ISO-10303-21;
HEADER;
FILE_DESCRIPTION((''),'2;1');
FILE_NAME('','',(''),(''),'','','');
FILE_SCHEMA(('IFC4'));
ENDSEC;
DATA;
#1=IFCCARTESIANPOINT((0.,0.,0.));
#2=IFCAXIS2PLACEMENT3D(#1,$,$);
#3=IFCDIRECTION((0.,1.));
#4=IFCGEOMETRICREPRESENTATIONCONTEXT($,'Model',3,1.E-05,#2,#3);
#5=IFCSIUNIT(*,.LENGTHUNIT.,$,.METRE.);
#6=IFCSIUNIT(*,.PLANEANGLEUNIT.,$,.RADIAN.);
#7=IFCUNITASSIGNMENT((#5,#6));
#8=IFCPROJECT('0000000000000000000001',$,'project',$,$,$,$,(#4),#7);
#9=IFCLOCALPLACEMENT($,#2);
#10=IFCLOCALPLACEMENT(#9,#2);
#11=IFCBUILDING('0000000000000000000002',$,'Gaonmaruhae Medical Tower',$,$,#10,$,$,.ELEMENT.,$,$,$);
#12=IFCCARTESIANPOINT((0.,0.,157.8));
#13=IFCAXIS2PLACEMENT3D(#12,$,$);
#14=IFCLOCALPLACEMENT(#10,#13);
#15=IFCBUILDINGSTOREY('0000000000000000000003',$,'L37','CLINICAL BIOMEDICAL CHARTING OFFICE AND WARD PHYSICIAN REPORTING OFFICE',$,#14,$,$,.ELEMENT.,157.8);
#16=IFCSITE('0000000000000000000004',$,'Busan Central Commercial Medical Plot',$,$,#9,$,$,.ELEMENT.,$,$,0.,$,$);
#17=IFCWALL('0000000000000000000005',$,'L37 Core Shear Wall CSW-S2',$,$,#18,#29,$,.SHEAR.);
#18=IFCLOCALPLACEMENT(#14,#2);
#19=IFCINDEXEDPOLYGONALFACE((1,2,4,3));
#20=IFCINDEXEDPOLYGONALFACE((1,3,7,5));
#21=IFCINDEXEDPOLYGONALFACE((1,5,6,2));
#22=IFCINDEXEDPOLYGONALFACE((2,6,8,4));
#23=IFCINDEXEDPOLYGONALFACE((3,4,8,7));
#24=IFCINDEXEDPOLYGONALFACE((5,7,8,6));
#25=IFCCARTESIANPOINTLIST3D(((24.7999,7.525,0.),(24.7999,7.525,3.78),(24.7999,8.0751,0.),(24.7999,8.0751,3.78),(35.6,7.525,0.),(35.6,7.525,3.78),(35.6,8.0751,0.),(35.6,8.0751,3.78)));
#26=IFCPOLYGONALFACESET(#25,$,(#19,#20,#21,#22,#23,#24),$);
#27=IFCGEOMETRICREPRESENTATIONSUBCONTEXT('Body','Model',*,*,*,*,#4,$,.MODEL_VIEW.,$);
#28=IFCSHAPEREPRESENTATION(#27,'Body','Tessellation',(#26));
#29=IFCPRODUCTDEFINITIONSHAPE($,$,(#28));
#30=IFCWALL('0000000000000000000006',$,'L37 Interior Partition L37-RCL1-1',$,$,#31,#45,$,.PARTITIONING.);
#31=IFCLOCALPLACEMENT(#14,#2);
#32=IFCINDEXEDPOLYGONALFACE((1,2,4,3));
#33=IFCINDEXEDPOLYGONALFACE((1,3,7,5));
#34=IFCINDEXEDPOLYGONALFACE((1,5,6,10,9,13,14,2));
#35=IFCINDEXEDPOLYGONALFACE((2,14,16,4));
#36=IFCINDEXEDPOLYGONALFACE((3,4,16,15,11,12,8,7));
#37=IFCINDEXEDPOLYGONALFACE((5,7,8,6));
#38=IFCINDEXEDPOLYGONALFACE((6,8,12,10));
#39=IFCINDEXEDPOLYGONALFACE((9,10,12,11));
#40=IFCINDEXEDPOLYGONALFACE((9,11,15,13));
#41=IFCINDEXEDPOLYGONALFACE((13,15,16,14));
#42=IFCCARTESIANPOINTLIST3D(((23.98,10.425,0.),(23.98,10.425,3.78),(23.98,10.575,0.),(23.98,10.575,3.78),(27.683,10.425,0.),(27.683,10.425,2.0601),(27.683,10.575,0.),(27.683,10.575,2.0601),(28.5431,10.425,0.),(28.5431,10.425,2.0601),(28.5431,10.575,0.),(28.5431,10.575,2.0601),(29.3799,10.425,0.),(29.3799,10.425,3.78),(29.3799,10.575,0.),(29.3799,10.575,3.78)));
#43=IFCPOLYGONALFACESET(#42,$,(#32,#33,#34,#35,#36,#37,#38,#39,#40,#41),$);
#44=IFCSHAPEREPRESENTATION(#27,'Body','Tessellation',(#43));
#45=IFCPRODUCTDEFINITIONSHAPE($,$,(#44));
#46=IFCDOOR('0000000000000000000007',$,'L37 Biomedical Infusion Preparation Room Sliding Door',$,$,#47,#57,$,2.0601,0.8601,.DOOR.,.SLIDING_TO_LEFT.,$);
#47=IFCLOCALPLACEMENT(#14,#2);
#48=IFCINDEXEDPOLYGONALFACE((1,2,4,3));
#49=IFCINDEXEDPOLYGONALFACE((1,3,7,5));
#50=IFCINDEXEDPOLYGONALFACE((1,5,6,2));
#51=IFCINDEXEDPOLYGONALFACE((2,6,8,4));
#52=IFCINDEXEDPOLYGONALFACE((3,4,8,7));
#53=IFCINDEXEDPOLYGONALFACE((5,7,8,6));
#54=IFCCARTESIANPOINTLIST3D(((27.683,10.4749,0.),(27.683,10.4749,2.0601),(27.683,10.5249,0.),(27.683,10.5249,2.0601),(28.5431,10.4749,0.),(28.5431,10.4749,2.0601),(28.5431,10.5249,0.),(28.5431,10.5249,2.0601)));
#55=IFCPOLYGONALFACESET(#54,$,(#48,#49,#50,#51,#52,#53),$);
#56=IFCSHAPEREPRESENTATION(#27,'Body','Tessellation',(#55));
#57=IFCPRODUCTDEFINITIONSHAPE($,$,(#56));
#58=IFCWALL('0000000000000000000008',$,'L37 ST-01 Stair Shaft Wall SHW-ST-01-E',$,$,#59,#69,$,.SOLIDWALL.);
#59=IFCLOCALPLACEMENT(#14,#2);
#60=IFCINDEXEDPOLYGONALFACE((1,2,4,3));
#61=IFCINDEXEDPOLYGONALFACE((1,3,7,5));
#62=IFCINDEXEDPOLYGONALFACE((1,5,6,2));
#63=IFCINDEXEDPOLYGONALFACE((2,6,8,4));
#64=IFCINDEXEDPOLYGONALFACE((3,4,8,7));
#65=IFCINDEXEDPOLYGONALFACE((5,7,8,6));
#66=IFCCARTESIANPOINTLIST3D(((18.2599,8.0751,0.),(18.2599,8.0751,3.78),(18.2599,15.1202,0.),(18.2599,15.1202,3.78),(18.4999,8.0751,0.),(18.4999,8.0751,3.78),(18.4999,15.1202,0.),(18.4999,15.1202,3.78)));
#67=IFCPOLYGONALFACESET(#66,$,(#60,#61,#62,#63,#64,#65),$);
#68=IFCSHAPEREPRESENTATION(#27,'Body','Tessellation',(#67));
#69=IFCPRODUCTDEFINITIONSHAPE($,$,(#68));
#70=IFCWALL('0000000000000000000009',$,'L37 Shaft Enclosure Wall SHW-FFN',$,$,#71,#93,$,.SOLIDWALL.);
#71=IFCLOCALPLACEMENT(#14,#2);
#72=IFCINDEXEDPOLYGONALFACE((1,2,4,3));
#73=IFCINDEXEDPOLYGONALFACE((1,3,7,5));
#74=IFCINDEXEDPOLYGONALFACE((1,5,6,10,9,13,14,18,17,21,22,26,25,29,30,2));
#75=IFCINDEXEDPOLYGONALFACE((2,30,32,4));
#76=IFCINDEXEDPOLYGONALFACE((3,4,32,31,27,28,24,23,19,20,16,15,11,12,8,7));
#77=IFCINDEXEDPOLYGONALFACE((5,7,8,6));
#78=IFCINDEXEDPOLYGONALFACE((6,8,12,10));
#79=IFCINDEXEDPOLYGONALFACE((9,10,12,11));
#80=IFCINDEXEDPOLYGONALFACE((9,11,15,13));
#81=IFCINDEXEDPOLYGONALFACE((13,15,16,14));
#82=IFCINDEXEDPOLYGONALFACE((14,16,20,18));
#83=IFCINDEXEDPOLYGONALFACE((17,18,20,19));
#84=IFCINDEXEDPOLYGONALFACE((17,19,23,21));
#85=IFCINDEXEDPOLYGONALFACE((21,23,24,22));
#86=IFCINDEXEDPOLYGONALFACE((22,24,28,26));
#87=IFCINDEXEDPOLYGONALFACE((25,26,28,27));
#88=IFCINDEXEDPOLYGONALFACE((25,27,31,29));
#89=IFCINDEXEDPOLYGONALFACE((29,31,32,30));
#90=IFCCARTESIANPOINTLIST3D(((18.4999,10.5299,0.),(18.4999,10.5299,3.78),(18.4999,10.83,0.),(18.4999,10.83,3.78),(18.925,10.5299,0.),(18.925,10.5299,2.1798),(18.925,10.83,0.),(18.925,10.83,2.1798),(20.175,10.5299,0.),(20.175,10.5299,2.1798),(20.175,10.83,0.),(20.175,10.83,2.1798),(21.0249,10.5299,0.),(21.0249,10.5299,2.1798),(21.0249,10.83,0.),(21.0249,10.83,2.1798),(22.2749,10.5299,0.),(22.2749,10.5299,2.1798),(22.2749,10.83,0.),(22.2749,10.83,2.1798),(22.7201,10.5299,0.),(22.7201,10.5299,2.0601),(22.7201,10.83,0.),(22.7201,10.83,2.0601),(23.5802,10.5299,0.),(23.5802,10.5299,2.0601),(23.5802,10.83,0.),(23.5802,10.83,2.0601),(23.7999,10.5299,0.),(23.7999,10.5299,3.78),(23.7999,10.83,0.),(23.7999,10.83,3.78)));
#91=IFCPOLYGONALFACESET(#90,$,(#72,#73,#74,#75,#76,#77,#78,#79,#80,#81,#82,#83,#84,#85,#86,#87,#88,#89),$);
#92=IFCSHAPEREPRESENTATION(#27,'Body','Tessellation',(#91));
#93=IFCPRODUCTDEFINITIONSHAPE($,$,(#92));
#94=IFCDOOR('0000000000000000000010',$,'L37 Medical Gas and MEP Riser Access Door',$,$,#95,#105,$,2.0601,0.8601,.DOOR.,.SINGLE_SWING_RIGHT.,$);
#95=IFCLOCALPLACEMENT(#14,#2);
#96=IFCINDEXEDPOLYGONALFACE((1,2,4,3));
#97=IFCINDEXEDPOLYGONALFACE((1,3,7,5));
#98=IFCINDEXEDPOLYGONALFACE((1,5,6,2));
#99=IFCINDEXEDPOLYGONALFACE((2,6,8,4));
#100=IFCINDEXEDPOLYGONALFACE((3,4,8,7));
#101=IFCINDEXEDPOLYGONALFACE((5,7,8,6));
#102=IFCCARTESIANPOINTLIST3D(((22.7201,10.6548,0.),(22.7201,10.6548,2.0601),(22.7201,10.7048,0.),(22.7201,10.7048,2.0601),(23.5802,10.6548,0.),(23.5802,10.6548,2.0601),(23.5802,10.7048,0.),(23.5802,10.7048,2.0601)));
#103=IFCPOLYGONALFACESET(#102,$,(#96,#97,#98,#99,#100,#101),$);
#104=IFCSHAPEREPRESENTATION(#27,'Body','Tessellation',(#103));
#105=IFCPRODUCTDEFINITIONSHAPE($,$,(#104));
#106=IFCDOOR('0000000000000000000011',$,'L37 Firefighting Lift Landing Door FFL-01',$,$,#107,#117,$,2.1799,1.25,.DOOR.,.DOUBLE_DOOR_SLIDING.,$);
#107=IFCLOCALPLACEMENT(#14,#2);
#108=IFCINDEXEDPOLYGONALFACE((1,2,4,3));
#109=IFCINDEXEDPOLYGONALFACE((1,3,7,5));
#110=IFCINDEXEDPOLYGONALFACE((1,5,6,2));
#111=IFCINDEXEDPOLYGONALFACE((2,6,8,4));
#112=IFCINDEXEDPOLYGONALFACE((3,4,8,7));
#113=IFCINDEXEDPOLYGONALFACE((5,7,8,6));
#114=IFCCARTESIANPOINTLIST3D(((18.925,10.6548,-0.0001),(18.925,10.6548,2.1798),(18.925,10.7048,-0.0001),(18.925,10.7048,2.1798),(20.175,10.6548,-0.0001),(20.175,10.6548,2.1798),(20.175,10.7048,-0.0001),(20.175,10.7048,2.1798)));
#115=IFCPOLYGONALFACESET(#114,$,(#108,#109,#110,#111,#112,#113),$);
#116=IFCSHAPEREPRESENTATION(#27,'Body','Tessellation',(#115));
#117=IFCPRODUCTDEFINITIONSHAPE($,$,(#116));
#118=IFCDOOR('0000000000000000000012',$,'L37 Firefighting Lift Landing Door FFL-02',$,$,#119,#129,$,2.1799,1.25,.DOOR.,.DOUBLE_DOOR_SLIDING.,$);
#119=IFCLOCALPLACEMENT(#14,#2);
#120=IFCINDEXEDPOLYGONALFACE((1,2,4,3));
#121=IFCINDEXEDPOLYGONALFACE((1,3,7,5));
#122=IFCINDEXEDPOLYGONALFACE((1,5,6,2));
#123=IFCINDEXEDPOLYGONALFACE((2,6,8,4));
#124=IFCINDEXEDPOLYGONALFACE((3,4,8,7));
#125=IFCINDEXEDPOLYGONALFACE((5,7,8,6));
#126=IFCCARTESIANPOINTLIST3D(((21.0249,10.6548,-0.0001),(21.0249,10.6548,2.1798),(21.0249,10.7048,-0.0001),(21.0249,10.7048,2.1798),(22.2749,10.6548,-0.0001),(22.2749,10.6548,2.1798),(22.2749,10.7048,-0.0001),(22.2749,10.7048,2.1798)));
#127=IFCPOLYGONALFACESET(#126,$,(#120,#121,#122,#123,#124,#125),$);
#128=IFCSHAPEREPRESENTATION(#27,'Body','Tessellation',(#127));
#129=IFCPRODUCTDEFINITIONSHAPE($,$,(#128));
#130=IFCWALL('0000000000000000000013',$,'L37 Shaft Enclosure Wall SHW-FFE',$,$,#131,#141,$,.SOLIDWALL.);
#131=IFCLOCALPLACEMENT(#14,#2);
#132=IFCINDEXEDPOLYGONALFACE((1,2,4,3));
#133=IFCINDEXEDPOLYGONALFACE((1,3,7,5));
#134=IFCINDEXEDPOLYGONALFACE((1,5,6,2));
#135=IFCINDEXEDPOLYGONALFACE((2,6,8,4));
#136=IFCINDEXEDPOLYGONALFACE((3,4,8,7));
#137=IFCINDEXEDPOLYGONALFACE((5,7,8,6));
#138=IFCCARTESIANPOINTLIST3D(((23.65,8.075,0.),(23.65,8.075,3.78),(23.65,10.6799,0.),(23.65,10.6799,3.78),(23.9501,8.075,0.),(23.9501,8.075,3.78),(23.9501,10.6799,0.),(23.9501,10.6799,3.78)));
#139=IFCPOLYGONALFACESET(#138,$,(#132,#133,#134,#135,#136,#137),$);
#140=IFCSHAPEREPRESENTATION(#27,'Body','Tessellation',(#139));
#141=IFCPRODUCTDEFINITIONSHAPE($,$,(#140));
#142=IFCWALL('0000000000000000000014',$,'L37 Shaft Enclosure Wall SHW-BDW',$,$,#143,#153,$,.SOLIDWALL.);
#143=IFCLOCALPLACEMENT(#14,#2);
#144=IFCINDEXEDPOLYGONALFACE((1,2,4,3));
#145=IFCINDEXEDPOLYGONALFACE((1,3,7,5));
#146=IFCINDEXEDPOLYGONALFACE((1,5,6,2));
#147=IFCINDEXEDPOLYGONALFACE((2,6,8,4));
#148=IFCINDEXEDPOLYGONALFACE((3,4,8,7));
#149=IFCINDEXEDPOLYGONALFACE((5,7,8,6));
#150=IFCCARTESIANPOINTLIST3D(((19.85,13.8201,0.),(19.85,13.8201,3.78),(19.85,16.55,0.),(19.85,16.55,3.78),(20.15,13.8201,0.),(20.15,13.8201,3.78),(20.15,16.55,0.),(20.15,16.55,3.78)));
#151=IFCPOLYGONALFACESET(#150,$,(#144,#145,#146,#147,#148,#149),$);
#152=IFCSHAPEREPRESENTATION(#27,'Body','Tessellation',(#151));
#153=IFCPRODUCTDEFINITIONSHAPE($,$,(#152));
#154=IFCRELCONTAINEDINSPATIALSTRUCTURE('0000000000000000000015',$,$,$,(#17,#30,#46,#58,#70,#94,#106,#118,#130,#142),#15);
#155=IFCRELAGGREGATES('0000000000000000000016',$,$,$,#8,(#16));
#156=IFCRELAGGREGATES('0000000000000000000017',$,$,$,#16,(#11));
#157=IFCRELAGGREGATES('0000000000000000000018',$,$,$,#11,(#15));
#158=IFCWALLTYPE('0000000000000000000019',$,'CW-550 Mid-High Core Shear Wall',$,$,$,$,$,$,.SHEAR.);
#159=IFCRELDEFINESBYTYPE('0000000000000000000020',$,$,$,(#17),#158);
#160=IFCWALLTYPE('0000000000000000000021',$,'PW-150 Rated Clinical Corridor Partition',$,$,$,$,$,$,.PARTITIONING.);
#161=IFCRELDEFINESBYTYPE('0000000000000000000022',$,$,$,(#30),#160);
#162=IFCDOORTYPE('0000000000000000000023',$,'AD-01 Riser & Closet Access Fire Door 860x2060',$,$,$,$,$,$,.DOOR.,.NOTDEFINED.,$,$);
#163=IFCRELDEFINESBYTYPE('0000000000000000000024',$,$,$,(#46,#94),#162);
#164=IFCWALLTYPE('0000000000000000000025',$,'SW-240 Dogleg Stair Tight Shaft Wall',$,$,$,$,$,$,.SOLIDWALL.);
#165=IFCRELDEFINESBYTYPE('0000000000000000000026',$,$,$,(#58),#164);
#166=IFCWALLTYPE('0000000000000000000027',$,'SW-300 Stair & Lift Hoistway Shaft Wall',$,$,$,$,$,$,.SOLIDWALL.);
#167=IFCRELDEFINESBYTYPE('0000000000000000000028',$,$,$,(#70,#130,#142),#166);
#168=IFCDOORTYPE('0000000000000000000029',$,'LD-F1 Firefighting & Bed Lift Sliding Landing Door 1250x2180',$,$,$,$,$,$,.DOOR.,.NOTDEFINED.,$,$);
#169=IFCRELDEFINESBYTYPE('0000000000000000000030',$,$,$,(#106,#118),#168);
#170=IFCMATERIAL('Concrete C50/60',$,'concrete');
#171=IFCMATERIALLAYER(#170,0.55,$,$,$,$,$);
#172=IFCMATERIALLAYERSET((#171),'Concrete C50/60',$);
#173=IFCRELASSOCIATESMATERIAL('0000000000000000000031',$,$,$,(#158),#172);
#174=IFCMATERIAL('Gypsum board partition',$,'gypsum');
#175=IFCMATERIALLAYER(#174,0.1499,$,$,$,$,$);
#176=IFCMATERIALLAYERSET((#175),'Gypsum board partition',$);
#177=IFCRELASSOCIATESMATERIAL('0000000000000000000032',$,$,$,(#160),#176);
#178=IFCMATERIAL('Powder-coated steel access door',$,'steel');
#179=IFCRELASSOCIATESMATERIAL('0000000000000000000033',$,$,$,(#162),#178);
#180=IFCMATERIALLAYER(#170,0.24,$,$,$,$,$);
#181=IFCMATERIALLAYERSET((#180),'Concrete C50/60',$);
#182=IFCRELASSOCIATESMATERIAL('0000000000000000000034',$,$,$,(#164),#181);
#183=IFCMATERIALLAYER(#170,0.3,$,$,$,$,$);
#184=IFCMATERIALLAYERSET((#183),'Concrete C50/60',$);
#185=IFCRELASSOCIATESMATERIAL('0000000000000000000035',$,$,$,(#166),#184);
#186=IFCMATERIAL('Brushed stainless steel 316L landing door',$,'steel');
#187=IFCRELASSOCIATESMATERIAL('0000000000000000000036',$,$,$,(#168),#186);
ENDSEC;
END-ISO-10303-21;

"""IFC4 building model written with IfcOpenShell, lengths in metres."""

from ifc_helpers import new_model, si_unit, direction, frame, frame_2d, origin, place, context, subcontext, project, spatial, rectangle, extrude, material, layer, layer_set, type_object, element, fill, save


model = new_model("IFC4")

# Units and contexts
model_context = context("Model", 3, precision=1e-05, world=origin(), true_north=direction((0.0, 1.0)))
body_context = subcontext(model_context, "Body", "Model", "MODEL_VIEW")
ifc_project = project(units=[si_unit("LENGTHUNIT", "METRE"), si_unit("PLANEANGLEUNIT", "RADIAN")], contexts=[model_context])

# Site, building, storey
site_placement = place(None, origin())
site = spatial("IfcSite", under=ifc_project, at=site_placement, Name="Busan Central Commercial Medical Plot", CompositionType="ELEMENT", RefElevation=0.0)
building_placement = place(site_placement, origin())
building = spatial("IfcBuilding", under=site, at=building_placement, Name="Gaonmaruhae Medical Tower", CompositionType="ELEMENT")
storey_placement = place(building_placement, frame((0.0, 0.0, 157.8)))
storey = spatial("IfcBuildingStorey", under=building, at=storey_placement, Name="L37", Description="CLINICAL BIOMEDICAL CHARTING OFFICE AND WARD PHYSICIAN REPORTING OFFICE", CompositionType="ELEMENT", Elevation=157.8)

# Wall
ifc_material_1 = material(Name="Concrete C50/60", Category="concrete")
ifc_layer_1 = layer(ifc_material_1, 0.55)
ifc_layer_set_1 = layer_set([ifc_layer_1], Name="Concrete C50/60")
wall_type_1 = type_object("IfcWallType", Name="CW-550 Mid-High Core Shear Wall", PredefinedType="SHEAR", material=ifc_layer_set_1)
wall_1_placement = place(storey_placement, frame((24.8, 7.8, 0.0), z_axis=(0.0, 0.0, 1.0), x_axis=(1.0, 0.0, 0.0)))
element("IfcWall", 1, at=wall_1_placement, inside=storey, type_object=wall_type_1, Name="L37 Core Shear Wall CSW-S2", PredefinedType="SHEAR", context=body_context, shape_type="SweptSolid", body=[
    extrude(rectangle(XDim=10.8, YDim=0.55, at=frame_2d((5.3999, 0.0))), origin(), (0.0, 0.0, 1.0), 3.78),
])

# Wall, opening, door
ifc_material_2 = material(Name="Gypsum board partition", Category="gypsum")
ifc_layer_2 = layer(ifc_material_2, 0.1499)
ifc_layer_set_2 = layer_set([ifc_layer_2], Name="Gypsum board partition")
wall_type_2 = type_object("IfcWallType", Name="PW-150 Rated Clinical Corridor Partition", PredefinedType="PARTITIONING", material=ifc_layer_set_2)
wall_2_placement = place(storey_placement, frame((23.98, 10.5, 0.0), z_axis=(0.0, 0.0, 1.0), x_axis=(1.0, 0.0, 0.0)))
wall_2 = element("IfcWall", 2, at=wall_2_placement, inside=storey, type_object=wall_type_2, Name="L37 Interior Partition L37-RCL1-1", PredefinedType="PARTITIONING", context=body_context, shape_type="SweptSolid", body=[
    extrude(rectangle(XDim=5.3999, YDim=0.1499, at=frame_2d((2.7, 0.0))), origin(), (0.0, 0.0, 1.0), 3.78),
])
opening_1_placement = place(wall_2_placement, frame((3.7029, 0.0, 0.0)))
opening_1 = element("IfcOpeningElement", 3, at=opening_1_placement, cuts=wall_2, PredefinedType="OPENING", context=body_context, shape_type="SweptSolid", body=[
    extrude(rectangle(XDim=0.8601, YDim=2.0601, at=frame_2d((0.4302, 1.03))), frame((0.0, 0.085, 0.0), z_axis=(0.0, -1.0, 0.0), x_axis=(1.0, 0.0, 0.0)), (0.0, 0.0, 1.0), 0.1699),
])
ifc_material_3 = material(Name="Powder-coated steel access door", Category="steel")
door_type_1 = type_object("IfcDoorType", Name="AD-01 Riser & Closet Access Fire Door 860x2060", OperationType="NOTDEFINED", PredefinedType="DOOR", material=ifc_material_3)
door_1_placement = place(opening_1_placement, origin())
door_1 = element("IfcDoor", 4, at=door_1_placement, inside=storey, type_object=door_type_1, Name="L37 Biomedical Infusion Preparation Room Sliding Door", OperationType="SLIDING_TO_LEFT", OverallHeight=2.0601, OverallWidth=0.8601, PredefinedType="DOOR", context=body_context, shape_type="SweptSolid", body=[
    extrude(rectangle(XDim=0.8601, YDim=2.0601, at=frame_2d((0.4302, 1.03))), frame((0.0, 0.0249, 0.0), z_axis=(0.0, -1.0, 0.0), x_axis=(1.0, 0.0, 0.0)), (0.0, 0.0, 1.0), 0.05),
])
fill(opening_1, door_1)

# Wall
ifc_layer_3 = layer(ifc_material_1, 0.24)
ifc_layer_set_3 = layer_set([ifc_layer_3], Name="Concrete C50/60")
wall_type_3 = type_object("IfcWallType", Name="SW-240 Dogleg Stair Tight Shaft Wall", PredefinedType="SOLIDWALL", material=ifc_layer_set_3)
wall_3_placement = place(storey_placement, frame((18.3799, 15.1201, 0.0), z_axis=(0.0, 0.0, 1.0), x_axis=(0.0, -1.0, 0.0)))
element("IfcWall", 5, at=wall_3_placement, inside=storey, type_object=wall_type_3, Name="L37 ST-01 Stair Shaft Wall SHW-ST-01-E", PredefinedType="SOLIDWALL", context=body_context, shape_type="SweptSolid", body=[
    extrude(rectangle(XDim=7.0452, YDim=0.24, at=frame_2d((3.5225, 0.0))), origin(), (0.0, 0.0, 1.0), 3.78),
])

# Wall, openings, doors
ifc_layer_4 = layer(ifc_material_1, 0.3)
ifc_layer_set_4 = layer_set([ifc_layer_4], Name="Concrete C50/60")
wall_type_4 = type_object("IfcWallType", Name="SW-300 Stair & Lift Hoistway Shaft Wall", PredefinedType="SOLIDWALL", material=ifc_layer_set_4)
ifc_material_4 = material(Name="Brushed stainless steel 316L landing door", Category="steel")
door_type_2 = type_object("IfcDoorType", Name="LD-F1 Firefighting & Bed Lift Sliding Landing Door 1250x2180", OperationType="NOTDEFINED", PredefinedType="DOOR", material=ifc_material_4)
wall_4_placement = place(storey_placement, frame((18.5, 10.6799, 0.0), z_axis=(0.0, 0.0, 1.0), x_axis=(1.0, 0.0, 0.0)))
wall_4 = element("IfcWall", 6, at=wall_4_placement, inside=storey, type_object=wall_type_4, Name="L37 Shaft Enclosure Wall SHW-FFN", PredefinedType="SOLIDWALL", context=body_context, shape_type="SweptSolid", body=[
    extrude(rectangle(XDim=5.3, YDim=0.3, at=frame_2d((2.6499, 0.0))), origin(), (0.0, 0.0, 1.0), 3.78),
])
opening_2_placement = place(wall_4_placement, frame((4.22, 0.0, 0.0)))
opening_2 = element("IfcOpeningElement", 7, at=opening_2_placement, cuts=wall_4, PredefinedType="OPENING", context=body_context, shape_type="SweptSolid", body=[
    extrude(rectangle(XDim=0.8601, YDim=2.0601, at=frame_2d((0.4302, 1.03))), frame((0.0, 0.1602, 0.0), z_axis=(0.0, -1.0, 0.0), x_axis=(1.0, 0.0, 0.0)), (0.0, 0.0, 1.0), 0.3201),
])
opening_3_placement = place(wall_4_placement, frame((0.425, 0.0, 0.0)))
opening_3 = element("IfcOpeningElement", 8, at=opening_3_placement, cuts=wall_4, PredefinedType="OPENING", context=body_context, shape_type="SweptSolid", body=[
    extrude(rectangle(XDim=1.25, YDim=2.1799, at=frame_2d((0.625, 1.0898))), frame((0.0, 0.1602, 0.0), z_axis=(0.0, -1.0, 0.0), x_axis=(1.0, 0.0, 0.0)), (0.0, 0.0, 1.0), 0.3201),
])
opening_4_placement = place(wall_4_placement, frame((2.5249, 0.0, 0.0)))
opening_4 = element("IfcOpeningElement", 9, at=opening_4_placement, cuts=wall_4, PredefinedType="OPENING", context=body_context, shape_type="SweptSolid", body=[
    extrude(rectangle(XDim=1.25, YDim=2.1799, at=frame_2d((0.625, 1.0898))), frame((0.0, 0.1602, 0.0), z_axis=(0.0, -1.0, 0.0), x_axis=(1.0, 0.0, 0.0)), (0.0, 0.0, 1.0), 0.3201),
])
door_2_placement = place(opening_2_placement, origin())
door_2 = element("IfcDoor", 10, at=door_2_placement, inside=storey, type_object=door_type_1, Name="L37 Medical Gas and MEP Riser Access Door", OperationType="SINGLE_SWING_RIGHT", OverallHeight=2.0601, OverallWidth=0.8601, PredefinedType="DOOR", context=body_context, shape_type="SweptSolid", body=[
    extrude(rectangle(XDim=0.8601, YDim=2.0601, at=frame_2d((0.4302, 1.03))), frame((0.0, 0.0249, 0.0), z_axis=(0.0, -1.0, 0.0), x_axis=(1.0, 0.0, 0.0)), (0.0, 0.0, 1.0), 0.05),
])
fill(opening_2, door_2)
door_3_placement = place(opening_3_placement, origin())
door_3 = element("IfcDoor", 11, at=door_3_placement, inside=storey, type_object=door_type_2, Name="L37 Firefighting Lift Landing Door FFL-01", OperationType="DOUBLE_DOOR_SLIDING", OverallHeight=2.1799, OverallWidth=1.25, PredefinedType="DOOR", context=body_context, shape_type="SweptSolid", body=[
    extrude(rectangle(XDim=1.25, YDim=2.1799, at=frame_2d((0.625, 1.0898))), frame((0.0, 0.0249, 0.0), z_axis=(0.0, -1.0, 0.0), x_axis=(1.0, 0.0, 0.0)), (0.0, 0.0, 1.0), 0.05),
])
fill(opening_3, door_3)
door_4_placement = place(opening_4_placement, origin())
door_4 = element("IfcDoor", 12, at=door_4_placement, inside=storey, type_object=door_type_2, Name="L37 Firefighting Lift Landing Door FFL-02", OperationType="DOUBLE_DOOR_SLIDING", OverallHeight=2.1799, OverallWidth=1.25, PredefinedType="DOOR", context=body_context, shape_type="SweptSolid", body=[
    extrude(rectangle(XDim=1.25, YDim=2.1799, at=frame_2d((0.625, 1.0898))), frame((0.0, 0.0249, 0.0), z_axis=(0.0, -1.0, 0.0), x_axis=(1.0, 0.0, 0.0)), (0.0, 0.0, 1.0), 0.05),
])
fill(opening_4, door_4)

# Walls
wall_5_placement = place(storey_placement, frame((23.8, 8.075, 0.0), z_axis=(0.0, 0.0, 1.0), x_axis=(0.0, 1.0, 0.0)))
element("IfcWall", 13, at=wall_5_placement, inside=storey, type_object=wall_type_4, Name="L37 Shaft Enclosure Wall SHW-FFE", PredefinedType="SOLIDWALL", context=body_context, shape_type="SweptSolid", body=[
    extrude(rectangle(XDim=2.605, YDim=0.3, at=frame_2d((1.3025, 0.0))), origin(), (0.0, 0.0, 1.0), 3.78),
])
wall_6_placement = place(storey_placement, frame((20.0, 13.8201, 0.0), z_axis=(0.0, 0.0, 1.0), x_axis=(0.0, 1.0, 0.0)))
element("IfcWall", 14, at=wall_6_placement, inside=storey, type_object=wall_type_4, Name="L37 Shaft Enclosure Wall SHW-BDW", PredefinedType="SOLIDWALL", context=body_context, shape_type="SweptSolid", body=[
    extrude(rectangle(XDim=2.73, YDim=0.3, at=frame_2d((1.365, 0.0))), origin(), (0.0, 0.0, 1.0), 3.78),
])

save(model, "model.ifc")
